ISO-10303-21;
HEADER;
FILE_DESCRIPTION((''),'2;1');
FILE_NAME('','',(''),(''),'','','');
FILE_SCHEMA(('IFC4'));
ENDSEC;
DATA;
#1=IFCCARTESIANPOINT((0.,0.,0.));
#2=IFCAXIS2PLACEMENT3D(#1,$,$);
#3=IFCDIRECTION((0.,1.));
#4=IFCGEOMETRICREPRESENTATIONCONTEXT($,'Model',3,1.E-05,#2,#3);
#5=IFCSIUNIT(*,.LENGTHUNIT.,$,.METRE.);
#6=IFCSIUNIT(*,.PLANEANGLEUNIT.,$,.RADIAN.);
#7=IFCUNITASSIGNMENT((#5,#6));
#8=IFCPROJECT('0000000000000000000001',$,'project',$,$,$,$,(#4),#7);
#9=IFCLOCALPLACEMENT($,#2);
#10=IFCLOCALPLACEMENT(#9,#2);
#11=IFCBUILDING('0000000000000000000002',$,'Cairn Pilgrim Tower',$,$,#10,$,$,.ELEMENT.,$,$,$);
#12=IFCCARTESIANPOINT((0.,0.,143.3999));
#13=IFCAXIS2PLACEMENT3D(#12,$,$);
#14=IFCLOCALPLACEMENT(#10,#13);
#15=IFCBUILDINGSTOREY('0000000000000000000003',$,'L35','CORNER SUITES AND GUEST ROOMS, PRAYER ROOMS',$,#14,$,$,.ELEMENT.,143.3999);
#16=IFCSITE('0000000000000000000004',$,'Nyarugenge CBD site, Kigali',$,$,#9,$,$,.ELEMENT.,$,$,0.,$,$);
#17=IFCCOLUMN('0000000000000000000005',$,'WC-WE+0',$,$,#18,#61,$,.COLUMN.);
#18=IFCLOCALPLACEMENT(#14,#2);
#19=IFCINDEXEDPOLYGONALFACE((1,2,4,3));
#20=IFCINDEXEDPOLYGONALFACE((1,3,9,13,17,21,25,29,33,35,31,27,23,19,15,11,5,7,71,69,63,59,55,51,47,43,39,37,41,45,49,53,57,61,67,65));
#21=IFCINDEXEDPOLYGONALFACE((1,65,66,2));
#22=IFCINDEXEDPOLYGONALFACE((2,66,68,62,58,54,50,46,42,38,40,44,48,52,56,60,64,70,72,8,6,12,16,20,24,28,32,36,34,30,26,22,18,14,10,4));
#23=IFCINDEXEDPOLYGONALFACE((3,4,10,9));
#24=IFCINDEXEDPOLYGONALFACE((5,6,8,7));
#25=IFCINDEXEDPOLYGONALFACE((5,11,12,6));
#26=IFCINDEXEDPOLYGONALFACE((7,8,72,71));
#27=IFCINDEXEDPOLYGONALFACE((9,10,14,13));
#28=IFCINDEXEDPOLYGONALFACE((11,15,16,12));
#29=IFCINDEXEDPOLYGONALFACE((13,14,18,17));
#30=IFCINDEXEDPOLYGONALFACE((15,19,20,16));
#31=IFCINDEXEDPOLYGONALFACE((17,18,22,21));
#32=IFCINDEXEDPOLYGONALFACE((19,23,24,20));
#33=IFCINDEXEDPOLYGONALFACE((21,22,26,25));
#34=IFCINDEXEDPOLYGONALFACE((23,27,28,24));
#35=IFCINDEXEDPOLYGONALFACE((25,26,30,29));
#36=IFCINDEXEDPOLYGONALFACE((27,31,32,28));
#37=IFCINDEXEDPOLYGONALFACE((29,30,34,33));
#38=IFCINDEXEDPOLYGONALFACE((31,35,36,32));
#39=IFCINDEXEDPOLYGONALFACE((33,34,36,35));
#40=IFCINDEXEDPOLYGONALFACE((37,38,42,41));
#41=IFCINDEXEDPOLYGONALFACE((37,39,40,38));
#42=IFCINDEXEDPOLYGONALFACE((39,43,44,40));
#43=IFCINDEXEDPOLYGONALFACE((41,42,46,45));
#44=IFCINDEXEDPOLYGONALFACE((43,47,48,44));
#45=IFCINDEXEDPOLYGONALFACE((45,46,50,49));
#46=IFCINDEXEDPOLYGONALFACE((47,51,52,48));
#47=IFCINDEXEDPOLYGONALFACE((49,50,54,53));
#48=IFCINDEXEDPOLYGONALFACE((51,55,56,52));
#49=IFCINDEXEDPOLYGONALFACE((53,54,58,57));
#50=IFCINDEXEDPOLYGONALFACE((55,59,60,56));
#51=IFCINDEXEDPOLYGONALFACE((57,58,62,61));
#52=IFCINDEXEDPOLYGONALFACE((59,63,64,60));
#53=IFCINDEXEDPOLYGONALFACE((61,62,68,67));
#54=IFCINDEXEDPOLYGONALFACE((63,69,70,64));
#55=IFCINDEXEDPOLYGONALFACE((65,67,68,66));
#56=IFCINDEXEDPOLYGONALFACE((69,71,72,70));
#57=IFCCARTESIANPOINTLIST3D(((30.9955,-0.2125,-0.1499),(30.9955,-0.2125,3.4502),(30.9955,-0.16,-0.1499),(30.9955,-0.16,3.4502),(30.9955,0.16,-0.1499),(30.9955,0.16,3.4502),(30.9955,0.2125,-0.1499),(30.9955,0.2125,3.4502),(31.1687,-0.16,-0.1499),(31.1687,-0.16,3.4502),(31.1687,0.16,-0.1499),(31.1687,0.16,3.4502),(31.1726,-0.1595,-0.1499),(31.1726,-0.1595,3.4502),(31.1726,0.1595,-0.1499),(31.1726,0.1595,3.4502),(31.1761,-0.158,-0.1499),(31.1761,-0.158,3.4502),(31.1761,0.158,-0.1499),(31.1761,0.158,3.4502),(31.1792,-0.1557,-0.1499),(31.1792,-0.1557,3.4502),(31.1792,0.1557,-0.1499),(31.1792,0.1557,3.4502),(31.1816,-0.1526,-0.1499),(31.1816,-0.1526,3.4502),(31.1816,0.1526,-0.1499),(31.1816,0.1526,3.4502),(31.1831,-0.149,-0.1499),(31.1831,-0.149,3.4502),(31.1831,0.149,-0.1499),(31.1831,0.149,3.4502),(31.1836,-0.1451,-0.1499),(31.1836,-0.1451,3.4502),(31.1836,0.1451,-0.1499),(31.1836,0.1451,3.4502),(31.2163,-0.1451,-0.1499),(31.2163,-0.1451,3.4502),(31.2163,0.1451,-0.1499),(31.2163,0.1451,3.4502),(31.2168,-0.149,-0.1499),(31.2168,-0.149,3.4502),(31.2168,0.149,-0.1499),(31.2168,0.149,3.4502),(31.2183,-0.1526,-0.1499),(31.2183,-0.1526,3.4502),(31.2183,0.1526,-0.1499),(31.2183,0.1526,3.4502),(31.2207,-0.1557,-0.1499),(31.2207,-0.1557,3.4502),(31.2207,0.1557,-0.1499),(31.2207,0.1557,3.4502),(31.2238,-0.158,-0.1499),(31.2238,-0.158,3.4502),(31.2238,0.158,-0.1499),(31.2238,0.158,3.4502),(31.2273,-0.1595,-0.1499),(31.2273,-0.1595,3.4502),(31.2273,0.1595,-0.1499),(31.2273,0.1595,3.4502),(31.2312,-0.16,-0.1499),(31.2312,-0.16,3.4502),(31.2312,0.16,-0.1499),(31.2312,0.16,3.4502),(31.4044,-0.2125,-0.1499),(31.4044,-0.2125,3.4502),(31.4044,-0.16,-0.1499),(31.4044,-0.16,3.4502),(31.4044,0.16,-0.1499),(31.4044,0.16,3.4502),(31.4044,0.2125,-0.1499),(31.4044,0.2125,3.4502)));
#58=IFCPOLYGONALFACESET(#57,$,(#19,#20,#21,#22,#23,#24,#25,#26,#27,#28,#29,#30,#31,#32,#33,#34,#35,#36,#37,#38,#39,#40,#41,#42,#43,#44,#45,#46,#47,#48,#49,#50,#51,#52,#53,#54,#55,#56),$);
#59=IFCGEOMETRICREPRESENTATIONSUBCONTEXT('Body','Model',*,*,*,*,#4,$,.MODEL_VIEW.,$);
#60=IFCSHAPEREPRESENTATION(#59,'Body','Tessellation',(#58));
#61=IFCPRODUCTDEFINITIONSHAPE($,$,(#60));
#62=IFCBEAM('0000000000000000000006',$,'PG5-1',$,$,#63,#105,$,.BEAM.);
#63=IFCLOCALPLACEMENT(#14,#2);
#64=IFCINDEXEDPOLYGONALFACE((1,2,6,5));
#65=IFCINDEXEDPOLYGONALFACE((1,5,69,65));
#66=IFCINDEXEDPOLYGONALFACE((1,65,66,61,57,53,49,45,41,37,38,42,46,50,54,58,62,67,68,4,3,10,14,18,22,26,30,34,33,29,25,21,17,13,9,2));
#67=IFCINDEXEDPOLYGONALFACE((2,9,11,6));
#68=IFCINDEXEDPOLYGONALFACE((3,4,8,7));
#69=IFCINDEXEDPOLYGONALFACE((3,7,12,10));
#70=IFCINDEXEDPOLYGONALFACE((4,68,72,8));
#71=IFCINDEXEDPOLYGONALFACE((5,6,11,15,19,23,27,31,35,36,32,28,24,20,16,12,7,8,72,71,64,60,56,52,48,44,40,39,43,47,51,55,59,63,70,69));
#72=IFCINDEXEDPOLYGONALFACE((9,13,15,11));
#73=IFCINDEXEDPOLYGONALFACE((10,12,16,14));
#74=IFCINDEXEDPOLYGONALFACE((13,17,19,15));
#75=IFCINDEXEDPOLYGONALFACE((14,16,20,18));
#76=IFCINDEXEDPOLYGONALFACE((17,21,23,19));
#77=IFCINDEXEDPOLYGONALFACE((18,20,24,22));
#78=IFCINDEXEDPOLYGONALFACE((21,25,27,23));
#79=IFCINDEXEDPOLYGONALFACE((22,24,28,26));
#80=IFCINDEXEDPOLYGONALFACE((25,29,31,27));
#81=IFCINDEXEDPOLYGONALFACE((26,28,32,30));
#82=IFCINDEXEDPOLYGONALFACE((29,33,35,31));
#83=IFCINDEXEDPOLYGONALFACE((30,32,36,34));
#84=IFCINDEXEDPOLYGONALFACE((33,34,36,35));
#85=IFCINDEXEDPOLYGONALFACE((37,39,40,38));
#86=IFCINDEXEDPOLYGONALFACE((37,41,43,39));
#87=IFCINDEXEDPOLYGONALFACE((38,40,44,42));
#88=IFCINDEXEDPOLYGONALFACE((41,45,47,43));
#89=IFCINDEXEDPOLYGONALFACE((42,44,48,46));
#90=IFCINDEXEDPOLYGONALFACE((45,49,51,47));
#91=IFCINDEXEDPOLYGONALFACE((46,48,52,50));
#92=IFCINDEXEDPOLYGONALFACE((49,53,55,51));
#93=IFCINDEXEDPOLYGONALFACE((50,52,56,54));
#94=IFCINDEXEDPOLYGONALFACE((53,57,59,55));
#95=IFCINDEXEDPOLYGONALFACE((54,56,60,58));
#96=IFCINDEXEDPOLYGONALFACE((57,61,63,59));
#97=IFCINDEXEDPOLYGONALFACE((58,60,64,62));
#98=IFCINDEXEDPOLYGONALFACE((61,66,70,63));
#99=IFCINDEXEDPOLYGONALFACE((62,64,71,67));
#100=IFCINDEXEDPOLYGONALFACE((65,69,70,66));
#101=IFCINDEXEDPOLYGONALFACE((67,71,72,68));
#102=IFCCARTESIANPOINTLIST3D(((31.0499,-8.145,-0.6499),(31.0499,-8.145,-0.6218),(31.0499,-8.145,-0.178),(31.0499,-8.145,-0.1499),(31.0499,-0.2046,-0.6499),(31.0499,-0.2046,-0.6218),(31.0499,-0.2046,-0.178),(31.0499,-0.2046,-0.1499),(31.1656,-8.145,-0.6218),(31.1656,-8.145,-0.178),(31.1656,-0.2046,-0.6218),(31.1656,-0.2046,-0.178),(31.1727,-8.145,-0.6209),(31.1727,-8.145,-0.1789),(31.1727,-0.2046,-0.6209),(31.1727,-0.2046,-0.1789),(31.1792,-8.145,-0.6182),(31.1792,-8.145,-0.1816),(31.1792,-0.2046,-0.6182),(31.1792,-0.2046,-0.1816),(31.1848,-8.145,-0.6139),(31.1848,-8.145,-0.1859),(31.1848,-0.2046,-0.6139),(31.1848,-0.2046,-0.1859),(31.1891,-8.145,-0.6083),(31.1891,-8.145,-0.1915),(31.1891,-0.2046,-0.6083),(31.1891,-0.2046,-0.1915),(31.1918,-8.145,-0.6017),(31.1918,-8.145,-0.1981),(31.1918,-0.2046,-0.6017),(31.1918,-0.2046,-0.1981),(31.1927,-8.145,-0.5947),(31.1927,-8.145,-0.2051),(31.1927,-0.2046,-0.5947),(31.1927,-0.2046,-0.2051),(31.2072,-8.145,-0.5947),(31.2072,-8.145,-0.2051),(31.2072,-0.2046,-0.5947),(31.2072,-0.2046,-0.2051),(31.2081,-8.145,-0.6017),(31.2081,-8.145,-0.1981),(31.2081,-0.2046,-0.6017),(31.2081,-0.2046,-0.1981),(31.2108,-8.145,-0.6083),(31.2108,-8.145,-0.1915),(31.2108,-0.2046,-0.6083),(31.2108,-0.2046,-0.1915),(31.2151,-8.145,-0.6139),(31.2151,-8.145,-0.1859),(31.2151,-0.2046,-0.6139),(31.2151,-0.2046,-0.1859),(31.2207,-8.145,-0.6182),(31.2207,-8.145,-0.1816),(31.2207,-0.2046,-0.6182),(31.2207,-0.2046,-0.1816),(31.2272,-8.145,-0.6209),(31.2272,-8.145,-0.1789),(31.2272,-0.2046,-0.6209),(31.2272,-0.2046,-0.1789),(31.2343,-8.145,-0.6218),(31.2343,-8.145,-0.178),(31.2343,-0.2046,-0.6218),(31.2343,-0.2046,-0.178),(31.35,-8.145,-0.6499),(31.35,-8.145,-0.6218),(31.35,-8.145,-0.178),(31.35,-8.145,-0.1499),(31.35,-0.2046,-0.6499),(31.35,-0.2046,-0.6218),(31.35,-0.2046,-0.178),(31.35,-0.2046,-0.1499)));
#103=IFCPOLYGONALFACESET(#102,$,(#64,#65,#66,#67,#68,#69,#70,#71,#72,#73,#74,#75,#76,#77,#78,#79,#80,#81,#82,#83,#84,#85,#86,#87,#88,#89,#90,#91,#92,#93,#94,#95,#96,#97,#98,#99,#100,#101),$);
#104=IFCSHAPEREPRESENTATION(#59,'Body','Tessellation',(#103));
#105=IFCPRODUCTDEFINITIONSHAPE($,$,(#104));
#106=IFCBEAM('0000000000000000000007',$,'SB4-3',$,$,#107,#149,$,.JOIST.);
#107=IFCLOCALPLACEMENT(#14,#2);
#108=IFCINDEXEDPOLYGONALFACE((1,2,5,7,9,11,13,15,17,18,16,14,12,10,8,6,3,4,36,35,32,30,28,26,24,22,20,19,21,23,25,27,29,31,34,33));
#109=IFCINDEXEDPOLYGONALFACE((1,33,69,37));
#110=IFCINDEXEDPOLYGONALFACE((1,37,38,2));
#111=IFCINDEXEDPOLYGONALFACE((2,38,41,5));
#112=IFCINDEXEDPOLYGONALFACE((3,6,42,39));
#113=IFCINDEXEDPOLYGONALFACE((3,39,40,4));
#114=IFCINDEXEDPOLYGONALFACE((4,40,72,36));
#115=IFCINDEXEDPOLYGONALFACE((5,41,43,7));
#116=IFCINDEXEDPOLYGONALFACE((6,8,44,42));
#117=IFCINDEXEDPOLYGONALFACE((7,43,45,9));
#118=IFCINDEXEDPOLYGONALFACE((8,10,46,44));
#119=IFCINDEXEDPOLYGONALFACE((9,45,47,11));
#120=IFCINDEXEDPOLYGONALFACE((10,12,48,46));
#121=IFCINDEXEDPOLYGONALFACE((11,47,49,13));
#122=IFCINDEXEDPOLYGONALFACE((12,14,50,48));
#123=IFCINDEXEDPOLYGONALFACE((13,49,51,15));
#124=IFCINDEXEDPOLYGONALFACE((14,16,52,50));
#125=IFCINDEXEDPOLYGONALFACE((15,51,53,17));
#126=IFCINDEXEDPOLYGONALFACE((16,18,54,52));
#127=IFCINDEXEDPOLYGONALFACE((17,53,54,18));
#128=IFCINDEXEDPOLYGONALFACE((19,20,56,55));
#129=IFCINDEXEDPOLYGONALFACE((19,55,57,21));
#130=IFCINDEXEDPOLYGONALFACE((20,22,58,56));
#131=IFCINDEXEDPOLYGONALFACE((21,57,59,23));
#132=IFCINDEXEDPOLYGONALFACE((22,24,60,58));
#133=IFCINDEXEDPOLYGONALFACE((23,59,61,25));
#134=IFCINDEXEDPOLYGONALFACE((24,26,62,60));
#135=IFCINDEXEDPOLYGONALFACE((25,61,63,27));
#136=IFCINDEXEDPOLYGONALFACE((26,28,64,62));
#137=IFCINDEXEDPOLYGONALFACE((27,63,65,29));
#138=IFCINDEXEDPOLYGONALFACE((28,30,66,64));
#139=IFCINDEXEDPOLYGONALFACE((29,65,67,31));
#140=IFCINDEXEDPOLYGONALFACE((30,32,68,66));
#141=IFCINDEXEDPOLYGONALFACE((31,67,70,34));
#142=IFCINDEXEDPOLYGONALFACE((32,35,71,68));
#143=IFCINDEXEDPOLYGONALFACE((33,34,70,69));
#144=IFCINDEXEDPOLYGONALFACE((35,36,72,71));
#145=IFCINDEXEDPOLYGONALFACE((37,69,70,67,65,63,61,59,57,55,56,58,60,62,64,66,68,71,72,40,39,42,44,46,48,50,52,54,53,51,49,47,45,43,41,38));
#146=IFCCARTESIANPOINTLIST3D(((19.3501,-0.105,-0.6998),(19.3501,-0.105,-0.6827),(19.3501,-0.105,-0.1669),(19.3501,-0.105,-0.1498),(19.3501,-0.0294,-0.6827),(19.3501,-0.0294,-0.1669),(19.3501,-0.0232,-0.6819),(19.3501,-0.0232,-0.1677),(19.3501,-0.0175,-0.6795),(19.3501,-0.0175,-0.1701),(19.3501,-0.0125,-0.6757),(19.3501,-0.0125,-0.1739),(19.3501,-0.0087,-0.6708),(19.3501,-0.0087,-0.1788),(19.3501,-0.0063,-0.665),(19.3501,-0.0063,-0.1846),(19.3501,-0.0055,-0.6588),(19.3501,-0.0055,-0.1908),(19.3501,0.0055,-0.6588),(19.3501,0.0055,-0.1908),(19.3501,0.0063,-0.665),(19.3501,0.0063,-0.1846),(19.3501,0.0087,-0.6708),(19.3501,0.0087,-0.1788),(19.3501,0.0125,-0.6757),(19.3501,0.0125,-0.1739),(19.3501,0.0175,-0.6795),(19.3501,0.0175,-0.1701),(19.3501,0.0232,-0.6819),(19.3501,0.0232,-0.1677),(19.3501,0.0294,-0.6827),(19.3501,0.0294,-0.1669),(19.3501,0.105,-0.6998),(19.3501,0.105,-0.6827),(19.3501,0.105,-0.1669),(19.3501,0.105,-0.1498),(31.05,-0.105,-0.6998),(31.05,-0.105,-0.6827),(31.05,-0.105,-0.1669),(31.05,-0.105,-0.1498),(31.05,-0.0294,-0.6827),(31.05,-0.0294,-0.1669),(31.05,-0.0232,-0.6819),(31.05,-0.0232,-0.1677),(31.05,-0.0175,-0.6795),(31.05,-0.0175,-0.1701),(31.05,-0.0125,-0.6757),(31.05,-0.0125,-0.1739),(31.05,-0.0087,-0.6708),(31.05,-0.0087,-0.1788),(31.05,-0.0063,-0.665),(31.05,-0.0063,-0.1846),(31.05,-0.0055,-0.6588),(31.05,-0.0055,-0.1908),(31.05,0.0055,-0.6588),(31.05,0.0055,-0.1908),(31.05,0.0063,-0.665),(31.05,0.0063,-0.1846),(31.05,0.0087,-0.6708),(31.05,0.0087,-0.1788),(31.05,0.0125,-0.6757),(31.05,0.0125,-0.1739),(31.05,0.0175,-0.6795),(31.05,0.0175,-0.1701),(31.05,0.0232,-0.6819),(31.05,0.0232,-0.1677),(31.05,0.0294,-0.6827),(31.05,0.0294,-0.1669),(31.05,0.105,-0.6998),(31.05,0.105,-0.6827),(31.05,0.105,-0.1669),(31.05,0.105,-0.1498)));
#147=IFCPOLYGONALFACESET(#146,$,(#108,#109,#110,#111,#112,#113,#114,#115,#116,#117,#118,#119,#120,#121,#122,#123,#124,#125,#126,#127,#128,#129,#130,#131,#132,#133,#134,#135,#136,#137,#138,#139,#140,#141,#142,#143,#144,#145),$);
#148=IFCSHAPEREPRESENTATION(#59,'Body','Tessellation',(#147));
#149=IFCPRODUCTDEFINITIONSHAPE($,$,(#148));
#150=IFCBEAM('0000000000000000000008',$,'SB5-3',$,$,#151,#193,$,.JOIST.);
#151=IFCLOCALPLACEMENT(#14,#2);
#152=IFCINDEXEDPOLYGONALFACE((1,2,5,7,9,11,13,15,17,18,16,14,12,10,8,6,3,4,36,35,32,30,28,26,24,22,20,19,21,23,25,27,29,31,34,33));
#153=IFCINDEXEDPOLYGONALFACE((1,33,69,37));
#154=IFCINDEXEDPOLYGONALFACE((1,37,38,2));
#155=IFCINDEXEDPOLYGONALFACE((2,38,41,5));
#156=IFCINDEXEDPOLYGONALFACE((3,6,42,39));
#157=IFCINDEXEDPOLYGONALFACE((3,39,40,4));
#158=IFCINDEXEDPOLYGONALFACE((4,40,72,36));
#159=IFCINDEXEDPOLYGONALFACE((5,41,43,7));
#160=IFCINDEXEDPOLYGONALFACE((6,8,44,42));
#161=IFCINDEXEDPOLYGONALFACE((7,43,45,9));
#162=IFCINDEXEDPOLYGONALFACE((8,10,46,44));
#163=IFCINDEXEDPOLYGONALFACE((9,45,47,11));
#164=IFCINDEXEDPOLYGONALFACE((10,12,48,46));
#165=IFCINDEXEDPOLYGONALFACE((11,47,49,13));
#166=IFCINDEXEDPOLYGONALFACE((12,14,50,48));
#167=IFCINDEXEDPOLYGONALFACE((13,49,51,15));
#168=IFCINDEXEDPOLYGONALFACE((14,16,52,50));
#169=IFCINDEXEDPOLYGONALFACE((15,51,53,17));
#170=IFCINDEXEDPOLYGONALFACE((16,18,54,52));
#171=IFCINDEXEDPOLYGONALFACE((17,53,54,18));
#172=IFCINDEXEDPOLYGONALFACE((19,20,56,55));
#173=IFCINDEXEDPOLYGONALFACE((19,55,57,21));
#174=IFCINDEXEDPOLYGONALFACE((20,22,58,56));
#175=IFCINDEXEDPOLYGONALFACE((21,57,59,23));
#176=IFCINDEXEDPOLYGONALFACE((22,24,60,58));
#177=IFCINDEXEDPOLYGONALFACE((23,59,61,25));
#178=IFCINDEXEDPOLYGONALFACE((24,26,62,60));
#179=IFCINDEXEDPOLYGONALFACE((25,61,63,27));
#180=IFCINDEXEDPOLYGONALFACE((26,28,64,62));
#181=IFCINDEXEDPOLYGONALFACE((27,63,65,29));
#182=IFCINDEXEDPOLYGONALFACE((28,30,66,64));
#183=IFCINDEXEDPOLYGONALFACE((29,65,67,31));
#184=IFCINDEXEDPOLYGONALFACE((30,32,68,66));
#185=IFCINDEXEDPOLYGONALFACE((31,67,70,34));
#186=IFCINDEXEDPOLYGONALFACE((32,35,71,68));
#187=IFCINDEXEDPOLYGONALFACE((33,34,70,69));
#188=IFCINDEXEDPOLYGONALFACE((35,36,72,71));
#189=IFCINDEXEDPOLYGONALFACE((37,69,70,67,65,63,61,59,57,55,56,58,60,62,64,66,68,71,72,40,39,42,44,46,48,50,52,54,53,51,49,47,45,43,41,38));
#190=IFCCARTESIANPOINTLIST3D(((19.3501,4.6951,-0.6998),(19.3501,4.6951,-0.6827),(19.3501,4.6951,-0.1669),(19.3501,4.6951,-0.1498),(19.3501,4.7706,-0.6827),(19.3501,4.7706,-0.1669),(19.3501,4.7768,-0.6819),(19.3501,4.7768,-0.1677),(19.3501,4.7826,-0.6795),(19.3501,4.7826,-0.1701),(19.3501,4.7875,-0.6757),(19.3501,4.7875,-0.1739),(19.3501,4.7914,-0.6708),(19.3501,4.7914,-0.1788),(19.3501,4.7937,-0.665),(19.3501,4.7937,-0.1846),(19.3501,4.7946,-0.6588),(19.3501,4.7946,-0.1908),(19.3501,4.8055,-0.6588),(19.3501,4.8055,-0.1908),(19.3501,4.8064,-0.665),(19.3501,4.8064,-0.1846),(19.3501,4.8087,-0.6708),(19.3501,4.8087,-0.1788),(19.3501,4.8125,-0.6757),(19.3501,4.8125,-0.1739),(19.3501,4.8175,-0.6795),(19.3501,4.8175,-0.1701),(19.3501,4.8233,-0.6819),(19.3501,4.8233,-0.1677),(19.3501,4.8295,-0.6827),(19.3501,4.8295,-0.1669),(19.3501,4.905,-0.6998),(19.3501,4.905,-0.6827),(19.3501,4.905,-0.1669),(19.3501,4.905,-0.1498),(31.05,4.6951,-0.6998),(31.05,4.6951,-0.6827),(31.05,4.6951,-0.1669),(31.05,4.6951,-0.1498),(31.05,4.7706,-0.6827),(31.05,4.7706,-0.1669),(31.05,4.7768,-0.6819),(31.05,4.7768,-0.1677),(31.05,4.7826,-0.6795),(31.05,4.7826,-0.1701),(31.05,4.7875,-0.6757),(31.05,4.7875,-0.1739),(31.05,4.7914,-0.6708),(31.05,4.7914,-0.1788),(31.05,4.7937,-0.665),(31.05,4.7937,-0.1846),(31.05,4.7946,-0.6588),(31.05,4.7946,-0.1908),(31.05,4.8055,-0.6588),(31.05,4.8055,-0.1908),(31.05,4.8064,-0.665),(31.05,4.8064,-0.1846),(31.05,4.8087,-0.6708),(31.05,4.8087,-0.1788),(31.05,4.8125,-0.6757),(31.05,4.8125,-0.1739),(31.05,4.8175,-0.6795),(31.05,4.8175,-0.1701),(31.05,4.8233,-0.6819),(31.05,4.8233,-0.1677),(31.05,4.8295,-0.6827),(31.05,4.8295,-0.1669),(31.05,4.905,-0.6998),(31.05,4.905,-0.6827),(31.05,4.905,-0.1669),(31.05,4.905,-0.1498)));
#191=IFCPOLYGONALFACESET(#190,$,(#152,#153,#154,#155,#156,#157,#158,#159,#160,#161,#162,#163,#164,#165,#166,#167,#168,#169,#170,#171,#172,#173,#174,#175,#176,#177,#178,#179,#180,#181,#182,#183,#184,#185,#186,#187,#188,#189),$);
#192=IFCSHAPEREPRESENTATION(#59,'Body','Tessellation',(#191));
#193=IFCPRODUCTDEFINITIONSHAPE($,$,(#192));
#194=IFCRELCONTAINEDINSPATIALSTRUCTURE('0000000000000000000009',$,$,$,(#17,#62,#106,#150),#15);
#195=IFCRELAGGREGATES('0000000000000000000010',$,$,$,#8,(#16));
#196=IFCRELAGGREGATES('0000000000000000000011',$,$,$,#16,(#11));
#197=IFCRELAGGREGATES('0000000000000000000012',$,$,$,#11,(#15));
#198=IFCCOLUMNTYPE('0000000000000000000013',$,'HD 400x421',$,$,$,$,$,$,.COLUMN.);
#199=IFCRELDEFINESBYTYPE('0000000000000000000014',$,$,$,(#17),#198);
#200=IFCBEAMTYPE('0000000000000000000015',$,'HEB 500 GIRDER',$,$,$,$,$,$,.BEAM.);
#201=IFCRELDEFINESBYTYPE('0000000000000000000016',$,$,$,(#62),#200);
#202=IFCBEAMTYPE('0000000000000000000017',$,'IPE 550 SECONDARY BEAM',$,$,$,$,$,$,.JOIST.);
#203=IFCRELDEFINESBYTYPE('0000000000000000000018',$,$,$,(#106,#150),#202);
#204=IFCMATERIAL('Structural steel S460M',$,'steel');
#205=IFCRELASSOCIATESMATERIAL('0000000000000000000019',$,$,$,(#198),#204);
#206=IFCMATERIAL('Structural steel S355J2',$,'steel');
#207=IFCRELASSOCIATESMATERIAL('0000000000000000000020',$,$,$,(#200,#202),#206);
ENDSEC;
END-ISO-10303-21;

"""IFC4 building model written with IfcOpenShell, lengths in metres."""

from ifc_helpers import new_model, si_unit, direction, frame, origin, origin_2d, place, context, subcontext, project, spatial, i_section, extrude, material, material_profile, profile_set, type_object, element, save


model = new_model("IFC4")

# Units and contexts
model_context = context("Model", 3, precision=1e-05, world=origin(), true_north=direction((0.0, 1.0)))
body_context = subcontext(model_context, "Body", "Model", "MODEL_VIEW")
ifc_project = project(units=[si_unit("LENGTHUNIT", "METRE"), si_unit("PLANEANGLEUNIT", "RADIAN")], contexts=[model_context])

# Site, building, storey
site_placement = place(None, origin())
site = spatial("IfcSite", under=ifc_project, at=site_placement, Name="Nyarugenge CBD site, Kigali", CompositionType="ELEMENT", RefElevation=0.0)
building_placement = place(site_placement, origin())
building = spatial("IfcBuilding", under=site, at=building_placement, Name="Cairn Pilgrim Tower", CompositionType="ELEMENT")
storey_placement = place(building_placement, frame((0.0, 0.0, 143.3999)))
storey = spatial("IfcBuildingStorey", under=building, at=storey_placement, Name="L35", Description="CORNER SUITES AND GUEST ROOMS, PRAYER ROOMS", CompositionType="ELEMENT", Elevation=143.3999)

# Column
ifc_material_1 = material(Name="Structural steel S460M", Category="steel")
ifc_material_profile_1 = material_profile(ifc_material_1, i_section(OverallWidth=0.4089, OverallDepth=0.425, WebThickness=0.0327, FlangeThickness=0.0525, FilletRadius=0.0149, at=origin_2d()), Name="HD 400x421")
ifc_profile_set_1 = profile_set([ifc_material_profile_1], Name="Structural steel S460M")
column_type = type_object("IfcColumnType", Name="HD 400x421", PredefinedType="COLUMN", material=ifc_profile_set_1)
column_placement = place(storey_placement, frame((31.2, 0.0, -0.1499), z_axis=(0.0, 0.0, 1.0), x_axis=(1.0, 0.0, 0.0)))
element("IfcColumn", 1, at=column_placement, inside=storey, type_object=column_type, Name="WC-WE+0", PredefinedType="COLUMN", context=body_context, shape_type="SweptSolid", body=[
    extrude(i_section(OverallWidth=0.4089, OverallDepth=0.425, WebThickness=0.0327, FlangeThickness=0.0525, FilletRadius=0.0149, at=origin_2d()), origin(), (0.0, 0.0, 1.0), 3.6001),
])

# Beams
ifc_material_2 = material(Name="Structural steel S355J2", Category="steel")
ifc_material_profile_2 = material_profile(ifc_material_2, i_section(OverallWidth=0.3, OverallDepth=0.5, WebThickness=0.0144, FlangeThickness=0.0281, FilletRadius=0.0271, at=origin_2d()), Name="HEB 500")
ifc_profile_set_2 = profile_set([ifc_material_profile_2], Name="Structural steel S355J2")
beam_type_1 = type_object("IfcBeamType", Name="HEB 500 GIRDER", PredefinedType="BEAM", material=ifc_profile_set_2)
beam_placement = place(storey_placement, frame((31.2, -8.145, -0.3999), z_axis=(0.0, 1.0, 0.0), x_axis=(-1.0, 0.0, 0.0)))
element("IfcBeam", 2, at=beam_placement, inside=storey, type_object=beam_type_1, Name="PG5-1", PredefinedType="BEAM", context=body_context, shape_type="SweptSolid", body=[
    extrude(i_section(OverallWidth=0.3, OverallDepth=0.5, WebThickness=0.0144, FlangeThickness=0.0281, FilletRadius=0.0271, at=origin_2d()), origin(), (0.0, 0.0, 1.0), 7.9404),
])
ifc_material_profile_3 = material_profile(ifc_material_2, i_section(OverallWidth=0.21, OverallDepth=0.55, WebThickness=0.011, FlangeThickness=0.0171, FilletRadius=0.0239, at=origin_2d()), Name="IPE 550")
ifc_profile_set_3 = profile_set([ifc_material_profile_3], Name="Structural steel S355J2")
beam_type_2 = type_object("IfcBeamType", Name="IPE 550 SECONDARY BEAM", PredefinedType="JOIST", material=ifc_profile_set_3)
for number, where, z_axis, x_axis, name in (
    (3, (19.3501, 0.0, -0.4248), (1.0, 0.0, 0.0), (0.0, 1.0, 0.0), "SB4-3"),
    (4, (19.3501, 4.8, -0.4248), (1.0, 0.0, 0.0), (0.0, 1.0, 0.0), "SB5-3"),
):
    element("IfcBeam", number, at=place(storey_placement, frame(where, z_axis=z_axis, x_axis=x_axis)), inside=storey, type_object=beam_type_2, Name=name, PredefinedType="JOIST", context=body_context, shape_type="SweptSolid", body=[
        extrude(i_section(OverallWidth=0.21, OverallDepth=0.55, WebThickness=0.011, FlangeThickness=0.0171, FilletRadius=0.0239, at=origin_2d()), origin(), (0.0, 0.0, 1.0), 11.7),
    ])

save(model, "model.ifc")
